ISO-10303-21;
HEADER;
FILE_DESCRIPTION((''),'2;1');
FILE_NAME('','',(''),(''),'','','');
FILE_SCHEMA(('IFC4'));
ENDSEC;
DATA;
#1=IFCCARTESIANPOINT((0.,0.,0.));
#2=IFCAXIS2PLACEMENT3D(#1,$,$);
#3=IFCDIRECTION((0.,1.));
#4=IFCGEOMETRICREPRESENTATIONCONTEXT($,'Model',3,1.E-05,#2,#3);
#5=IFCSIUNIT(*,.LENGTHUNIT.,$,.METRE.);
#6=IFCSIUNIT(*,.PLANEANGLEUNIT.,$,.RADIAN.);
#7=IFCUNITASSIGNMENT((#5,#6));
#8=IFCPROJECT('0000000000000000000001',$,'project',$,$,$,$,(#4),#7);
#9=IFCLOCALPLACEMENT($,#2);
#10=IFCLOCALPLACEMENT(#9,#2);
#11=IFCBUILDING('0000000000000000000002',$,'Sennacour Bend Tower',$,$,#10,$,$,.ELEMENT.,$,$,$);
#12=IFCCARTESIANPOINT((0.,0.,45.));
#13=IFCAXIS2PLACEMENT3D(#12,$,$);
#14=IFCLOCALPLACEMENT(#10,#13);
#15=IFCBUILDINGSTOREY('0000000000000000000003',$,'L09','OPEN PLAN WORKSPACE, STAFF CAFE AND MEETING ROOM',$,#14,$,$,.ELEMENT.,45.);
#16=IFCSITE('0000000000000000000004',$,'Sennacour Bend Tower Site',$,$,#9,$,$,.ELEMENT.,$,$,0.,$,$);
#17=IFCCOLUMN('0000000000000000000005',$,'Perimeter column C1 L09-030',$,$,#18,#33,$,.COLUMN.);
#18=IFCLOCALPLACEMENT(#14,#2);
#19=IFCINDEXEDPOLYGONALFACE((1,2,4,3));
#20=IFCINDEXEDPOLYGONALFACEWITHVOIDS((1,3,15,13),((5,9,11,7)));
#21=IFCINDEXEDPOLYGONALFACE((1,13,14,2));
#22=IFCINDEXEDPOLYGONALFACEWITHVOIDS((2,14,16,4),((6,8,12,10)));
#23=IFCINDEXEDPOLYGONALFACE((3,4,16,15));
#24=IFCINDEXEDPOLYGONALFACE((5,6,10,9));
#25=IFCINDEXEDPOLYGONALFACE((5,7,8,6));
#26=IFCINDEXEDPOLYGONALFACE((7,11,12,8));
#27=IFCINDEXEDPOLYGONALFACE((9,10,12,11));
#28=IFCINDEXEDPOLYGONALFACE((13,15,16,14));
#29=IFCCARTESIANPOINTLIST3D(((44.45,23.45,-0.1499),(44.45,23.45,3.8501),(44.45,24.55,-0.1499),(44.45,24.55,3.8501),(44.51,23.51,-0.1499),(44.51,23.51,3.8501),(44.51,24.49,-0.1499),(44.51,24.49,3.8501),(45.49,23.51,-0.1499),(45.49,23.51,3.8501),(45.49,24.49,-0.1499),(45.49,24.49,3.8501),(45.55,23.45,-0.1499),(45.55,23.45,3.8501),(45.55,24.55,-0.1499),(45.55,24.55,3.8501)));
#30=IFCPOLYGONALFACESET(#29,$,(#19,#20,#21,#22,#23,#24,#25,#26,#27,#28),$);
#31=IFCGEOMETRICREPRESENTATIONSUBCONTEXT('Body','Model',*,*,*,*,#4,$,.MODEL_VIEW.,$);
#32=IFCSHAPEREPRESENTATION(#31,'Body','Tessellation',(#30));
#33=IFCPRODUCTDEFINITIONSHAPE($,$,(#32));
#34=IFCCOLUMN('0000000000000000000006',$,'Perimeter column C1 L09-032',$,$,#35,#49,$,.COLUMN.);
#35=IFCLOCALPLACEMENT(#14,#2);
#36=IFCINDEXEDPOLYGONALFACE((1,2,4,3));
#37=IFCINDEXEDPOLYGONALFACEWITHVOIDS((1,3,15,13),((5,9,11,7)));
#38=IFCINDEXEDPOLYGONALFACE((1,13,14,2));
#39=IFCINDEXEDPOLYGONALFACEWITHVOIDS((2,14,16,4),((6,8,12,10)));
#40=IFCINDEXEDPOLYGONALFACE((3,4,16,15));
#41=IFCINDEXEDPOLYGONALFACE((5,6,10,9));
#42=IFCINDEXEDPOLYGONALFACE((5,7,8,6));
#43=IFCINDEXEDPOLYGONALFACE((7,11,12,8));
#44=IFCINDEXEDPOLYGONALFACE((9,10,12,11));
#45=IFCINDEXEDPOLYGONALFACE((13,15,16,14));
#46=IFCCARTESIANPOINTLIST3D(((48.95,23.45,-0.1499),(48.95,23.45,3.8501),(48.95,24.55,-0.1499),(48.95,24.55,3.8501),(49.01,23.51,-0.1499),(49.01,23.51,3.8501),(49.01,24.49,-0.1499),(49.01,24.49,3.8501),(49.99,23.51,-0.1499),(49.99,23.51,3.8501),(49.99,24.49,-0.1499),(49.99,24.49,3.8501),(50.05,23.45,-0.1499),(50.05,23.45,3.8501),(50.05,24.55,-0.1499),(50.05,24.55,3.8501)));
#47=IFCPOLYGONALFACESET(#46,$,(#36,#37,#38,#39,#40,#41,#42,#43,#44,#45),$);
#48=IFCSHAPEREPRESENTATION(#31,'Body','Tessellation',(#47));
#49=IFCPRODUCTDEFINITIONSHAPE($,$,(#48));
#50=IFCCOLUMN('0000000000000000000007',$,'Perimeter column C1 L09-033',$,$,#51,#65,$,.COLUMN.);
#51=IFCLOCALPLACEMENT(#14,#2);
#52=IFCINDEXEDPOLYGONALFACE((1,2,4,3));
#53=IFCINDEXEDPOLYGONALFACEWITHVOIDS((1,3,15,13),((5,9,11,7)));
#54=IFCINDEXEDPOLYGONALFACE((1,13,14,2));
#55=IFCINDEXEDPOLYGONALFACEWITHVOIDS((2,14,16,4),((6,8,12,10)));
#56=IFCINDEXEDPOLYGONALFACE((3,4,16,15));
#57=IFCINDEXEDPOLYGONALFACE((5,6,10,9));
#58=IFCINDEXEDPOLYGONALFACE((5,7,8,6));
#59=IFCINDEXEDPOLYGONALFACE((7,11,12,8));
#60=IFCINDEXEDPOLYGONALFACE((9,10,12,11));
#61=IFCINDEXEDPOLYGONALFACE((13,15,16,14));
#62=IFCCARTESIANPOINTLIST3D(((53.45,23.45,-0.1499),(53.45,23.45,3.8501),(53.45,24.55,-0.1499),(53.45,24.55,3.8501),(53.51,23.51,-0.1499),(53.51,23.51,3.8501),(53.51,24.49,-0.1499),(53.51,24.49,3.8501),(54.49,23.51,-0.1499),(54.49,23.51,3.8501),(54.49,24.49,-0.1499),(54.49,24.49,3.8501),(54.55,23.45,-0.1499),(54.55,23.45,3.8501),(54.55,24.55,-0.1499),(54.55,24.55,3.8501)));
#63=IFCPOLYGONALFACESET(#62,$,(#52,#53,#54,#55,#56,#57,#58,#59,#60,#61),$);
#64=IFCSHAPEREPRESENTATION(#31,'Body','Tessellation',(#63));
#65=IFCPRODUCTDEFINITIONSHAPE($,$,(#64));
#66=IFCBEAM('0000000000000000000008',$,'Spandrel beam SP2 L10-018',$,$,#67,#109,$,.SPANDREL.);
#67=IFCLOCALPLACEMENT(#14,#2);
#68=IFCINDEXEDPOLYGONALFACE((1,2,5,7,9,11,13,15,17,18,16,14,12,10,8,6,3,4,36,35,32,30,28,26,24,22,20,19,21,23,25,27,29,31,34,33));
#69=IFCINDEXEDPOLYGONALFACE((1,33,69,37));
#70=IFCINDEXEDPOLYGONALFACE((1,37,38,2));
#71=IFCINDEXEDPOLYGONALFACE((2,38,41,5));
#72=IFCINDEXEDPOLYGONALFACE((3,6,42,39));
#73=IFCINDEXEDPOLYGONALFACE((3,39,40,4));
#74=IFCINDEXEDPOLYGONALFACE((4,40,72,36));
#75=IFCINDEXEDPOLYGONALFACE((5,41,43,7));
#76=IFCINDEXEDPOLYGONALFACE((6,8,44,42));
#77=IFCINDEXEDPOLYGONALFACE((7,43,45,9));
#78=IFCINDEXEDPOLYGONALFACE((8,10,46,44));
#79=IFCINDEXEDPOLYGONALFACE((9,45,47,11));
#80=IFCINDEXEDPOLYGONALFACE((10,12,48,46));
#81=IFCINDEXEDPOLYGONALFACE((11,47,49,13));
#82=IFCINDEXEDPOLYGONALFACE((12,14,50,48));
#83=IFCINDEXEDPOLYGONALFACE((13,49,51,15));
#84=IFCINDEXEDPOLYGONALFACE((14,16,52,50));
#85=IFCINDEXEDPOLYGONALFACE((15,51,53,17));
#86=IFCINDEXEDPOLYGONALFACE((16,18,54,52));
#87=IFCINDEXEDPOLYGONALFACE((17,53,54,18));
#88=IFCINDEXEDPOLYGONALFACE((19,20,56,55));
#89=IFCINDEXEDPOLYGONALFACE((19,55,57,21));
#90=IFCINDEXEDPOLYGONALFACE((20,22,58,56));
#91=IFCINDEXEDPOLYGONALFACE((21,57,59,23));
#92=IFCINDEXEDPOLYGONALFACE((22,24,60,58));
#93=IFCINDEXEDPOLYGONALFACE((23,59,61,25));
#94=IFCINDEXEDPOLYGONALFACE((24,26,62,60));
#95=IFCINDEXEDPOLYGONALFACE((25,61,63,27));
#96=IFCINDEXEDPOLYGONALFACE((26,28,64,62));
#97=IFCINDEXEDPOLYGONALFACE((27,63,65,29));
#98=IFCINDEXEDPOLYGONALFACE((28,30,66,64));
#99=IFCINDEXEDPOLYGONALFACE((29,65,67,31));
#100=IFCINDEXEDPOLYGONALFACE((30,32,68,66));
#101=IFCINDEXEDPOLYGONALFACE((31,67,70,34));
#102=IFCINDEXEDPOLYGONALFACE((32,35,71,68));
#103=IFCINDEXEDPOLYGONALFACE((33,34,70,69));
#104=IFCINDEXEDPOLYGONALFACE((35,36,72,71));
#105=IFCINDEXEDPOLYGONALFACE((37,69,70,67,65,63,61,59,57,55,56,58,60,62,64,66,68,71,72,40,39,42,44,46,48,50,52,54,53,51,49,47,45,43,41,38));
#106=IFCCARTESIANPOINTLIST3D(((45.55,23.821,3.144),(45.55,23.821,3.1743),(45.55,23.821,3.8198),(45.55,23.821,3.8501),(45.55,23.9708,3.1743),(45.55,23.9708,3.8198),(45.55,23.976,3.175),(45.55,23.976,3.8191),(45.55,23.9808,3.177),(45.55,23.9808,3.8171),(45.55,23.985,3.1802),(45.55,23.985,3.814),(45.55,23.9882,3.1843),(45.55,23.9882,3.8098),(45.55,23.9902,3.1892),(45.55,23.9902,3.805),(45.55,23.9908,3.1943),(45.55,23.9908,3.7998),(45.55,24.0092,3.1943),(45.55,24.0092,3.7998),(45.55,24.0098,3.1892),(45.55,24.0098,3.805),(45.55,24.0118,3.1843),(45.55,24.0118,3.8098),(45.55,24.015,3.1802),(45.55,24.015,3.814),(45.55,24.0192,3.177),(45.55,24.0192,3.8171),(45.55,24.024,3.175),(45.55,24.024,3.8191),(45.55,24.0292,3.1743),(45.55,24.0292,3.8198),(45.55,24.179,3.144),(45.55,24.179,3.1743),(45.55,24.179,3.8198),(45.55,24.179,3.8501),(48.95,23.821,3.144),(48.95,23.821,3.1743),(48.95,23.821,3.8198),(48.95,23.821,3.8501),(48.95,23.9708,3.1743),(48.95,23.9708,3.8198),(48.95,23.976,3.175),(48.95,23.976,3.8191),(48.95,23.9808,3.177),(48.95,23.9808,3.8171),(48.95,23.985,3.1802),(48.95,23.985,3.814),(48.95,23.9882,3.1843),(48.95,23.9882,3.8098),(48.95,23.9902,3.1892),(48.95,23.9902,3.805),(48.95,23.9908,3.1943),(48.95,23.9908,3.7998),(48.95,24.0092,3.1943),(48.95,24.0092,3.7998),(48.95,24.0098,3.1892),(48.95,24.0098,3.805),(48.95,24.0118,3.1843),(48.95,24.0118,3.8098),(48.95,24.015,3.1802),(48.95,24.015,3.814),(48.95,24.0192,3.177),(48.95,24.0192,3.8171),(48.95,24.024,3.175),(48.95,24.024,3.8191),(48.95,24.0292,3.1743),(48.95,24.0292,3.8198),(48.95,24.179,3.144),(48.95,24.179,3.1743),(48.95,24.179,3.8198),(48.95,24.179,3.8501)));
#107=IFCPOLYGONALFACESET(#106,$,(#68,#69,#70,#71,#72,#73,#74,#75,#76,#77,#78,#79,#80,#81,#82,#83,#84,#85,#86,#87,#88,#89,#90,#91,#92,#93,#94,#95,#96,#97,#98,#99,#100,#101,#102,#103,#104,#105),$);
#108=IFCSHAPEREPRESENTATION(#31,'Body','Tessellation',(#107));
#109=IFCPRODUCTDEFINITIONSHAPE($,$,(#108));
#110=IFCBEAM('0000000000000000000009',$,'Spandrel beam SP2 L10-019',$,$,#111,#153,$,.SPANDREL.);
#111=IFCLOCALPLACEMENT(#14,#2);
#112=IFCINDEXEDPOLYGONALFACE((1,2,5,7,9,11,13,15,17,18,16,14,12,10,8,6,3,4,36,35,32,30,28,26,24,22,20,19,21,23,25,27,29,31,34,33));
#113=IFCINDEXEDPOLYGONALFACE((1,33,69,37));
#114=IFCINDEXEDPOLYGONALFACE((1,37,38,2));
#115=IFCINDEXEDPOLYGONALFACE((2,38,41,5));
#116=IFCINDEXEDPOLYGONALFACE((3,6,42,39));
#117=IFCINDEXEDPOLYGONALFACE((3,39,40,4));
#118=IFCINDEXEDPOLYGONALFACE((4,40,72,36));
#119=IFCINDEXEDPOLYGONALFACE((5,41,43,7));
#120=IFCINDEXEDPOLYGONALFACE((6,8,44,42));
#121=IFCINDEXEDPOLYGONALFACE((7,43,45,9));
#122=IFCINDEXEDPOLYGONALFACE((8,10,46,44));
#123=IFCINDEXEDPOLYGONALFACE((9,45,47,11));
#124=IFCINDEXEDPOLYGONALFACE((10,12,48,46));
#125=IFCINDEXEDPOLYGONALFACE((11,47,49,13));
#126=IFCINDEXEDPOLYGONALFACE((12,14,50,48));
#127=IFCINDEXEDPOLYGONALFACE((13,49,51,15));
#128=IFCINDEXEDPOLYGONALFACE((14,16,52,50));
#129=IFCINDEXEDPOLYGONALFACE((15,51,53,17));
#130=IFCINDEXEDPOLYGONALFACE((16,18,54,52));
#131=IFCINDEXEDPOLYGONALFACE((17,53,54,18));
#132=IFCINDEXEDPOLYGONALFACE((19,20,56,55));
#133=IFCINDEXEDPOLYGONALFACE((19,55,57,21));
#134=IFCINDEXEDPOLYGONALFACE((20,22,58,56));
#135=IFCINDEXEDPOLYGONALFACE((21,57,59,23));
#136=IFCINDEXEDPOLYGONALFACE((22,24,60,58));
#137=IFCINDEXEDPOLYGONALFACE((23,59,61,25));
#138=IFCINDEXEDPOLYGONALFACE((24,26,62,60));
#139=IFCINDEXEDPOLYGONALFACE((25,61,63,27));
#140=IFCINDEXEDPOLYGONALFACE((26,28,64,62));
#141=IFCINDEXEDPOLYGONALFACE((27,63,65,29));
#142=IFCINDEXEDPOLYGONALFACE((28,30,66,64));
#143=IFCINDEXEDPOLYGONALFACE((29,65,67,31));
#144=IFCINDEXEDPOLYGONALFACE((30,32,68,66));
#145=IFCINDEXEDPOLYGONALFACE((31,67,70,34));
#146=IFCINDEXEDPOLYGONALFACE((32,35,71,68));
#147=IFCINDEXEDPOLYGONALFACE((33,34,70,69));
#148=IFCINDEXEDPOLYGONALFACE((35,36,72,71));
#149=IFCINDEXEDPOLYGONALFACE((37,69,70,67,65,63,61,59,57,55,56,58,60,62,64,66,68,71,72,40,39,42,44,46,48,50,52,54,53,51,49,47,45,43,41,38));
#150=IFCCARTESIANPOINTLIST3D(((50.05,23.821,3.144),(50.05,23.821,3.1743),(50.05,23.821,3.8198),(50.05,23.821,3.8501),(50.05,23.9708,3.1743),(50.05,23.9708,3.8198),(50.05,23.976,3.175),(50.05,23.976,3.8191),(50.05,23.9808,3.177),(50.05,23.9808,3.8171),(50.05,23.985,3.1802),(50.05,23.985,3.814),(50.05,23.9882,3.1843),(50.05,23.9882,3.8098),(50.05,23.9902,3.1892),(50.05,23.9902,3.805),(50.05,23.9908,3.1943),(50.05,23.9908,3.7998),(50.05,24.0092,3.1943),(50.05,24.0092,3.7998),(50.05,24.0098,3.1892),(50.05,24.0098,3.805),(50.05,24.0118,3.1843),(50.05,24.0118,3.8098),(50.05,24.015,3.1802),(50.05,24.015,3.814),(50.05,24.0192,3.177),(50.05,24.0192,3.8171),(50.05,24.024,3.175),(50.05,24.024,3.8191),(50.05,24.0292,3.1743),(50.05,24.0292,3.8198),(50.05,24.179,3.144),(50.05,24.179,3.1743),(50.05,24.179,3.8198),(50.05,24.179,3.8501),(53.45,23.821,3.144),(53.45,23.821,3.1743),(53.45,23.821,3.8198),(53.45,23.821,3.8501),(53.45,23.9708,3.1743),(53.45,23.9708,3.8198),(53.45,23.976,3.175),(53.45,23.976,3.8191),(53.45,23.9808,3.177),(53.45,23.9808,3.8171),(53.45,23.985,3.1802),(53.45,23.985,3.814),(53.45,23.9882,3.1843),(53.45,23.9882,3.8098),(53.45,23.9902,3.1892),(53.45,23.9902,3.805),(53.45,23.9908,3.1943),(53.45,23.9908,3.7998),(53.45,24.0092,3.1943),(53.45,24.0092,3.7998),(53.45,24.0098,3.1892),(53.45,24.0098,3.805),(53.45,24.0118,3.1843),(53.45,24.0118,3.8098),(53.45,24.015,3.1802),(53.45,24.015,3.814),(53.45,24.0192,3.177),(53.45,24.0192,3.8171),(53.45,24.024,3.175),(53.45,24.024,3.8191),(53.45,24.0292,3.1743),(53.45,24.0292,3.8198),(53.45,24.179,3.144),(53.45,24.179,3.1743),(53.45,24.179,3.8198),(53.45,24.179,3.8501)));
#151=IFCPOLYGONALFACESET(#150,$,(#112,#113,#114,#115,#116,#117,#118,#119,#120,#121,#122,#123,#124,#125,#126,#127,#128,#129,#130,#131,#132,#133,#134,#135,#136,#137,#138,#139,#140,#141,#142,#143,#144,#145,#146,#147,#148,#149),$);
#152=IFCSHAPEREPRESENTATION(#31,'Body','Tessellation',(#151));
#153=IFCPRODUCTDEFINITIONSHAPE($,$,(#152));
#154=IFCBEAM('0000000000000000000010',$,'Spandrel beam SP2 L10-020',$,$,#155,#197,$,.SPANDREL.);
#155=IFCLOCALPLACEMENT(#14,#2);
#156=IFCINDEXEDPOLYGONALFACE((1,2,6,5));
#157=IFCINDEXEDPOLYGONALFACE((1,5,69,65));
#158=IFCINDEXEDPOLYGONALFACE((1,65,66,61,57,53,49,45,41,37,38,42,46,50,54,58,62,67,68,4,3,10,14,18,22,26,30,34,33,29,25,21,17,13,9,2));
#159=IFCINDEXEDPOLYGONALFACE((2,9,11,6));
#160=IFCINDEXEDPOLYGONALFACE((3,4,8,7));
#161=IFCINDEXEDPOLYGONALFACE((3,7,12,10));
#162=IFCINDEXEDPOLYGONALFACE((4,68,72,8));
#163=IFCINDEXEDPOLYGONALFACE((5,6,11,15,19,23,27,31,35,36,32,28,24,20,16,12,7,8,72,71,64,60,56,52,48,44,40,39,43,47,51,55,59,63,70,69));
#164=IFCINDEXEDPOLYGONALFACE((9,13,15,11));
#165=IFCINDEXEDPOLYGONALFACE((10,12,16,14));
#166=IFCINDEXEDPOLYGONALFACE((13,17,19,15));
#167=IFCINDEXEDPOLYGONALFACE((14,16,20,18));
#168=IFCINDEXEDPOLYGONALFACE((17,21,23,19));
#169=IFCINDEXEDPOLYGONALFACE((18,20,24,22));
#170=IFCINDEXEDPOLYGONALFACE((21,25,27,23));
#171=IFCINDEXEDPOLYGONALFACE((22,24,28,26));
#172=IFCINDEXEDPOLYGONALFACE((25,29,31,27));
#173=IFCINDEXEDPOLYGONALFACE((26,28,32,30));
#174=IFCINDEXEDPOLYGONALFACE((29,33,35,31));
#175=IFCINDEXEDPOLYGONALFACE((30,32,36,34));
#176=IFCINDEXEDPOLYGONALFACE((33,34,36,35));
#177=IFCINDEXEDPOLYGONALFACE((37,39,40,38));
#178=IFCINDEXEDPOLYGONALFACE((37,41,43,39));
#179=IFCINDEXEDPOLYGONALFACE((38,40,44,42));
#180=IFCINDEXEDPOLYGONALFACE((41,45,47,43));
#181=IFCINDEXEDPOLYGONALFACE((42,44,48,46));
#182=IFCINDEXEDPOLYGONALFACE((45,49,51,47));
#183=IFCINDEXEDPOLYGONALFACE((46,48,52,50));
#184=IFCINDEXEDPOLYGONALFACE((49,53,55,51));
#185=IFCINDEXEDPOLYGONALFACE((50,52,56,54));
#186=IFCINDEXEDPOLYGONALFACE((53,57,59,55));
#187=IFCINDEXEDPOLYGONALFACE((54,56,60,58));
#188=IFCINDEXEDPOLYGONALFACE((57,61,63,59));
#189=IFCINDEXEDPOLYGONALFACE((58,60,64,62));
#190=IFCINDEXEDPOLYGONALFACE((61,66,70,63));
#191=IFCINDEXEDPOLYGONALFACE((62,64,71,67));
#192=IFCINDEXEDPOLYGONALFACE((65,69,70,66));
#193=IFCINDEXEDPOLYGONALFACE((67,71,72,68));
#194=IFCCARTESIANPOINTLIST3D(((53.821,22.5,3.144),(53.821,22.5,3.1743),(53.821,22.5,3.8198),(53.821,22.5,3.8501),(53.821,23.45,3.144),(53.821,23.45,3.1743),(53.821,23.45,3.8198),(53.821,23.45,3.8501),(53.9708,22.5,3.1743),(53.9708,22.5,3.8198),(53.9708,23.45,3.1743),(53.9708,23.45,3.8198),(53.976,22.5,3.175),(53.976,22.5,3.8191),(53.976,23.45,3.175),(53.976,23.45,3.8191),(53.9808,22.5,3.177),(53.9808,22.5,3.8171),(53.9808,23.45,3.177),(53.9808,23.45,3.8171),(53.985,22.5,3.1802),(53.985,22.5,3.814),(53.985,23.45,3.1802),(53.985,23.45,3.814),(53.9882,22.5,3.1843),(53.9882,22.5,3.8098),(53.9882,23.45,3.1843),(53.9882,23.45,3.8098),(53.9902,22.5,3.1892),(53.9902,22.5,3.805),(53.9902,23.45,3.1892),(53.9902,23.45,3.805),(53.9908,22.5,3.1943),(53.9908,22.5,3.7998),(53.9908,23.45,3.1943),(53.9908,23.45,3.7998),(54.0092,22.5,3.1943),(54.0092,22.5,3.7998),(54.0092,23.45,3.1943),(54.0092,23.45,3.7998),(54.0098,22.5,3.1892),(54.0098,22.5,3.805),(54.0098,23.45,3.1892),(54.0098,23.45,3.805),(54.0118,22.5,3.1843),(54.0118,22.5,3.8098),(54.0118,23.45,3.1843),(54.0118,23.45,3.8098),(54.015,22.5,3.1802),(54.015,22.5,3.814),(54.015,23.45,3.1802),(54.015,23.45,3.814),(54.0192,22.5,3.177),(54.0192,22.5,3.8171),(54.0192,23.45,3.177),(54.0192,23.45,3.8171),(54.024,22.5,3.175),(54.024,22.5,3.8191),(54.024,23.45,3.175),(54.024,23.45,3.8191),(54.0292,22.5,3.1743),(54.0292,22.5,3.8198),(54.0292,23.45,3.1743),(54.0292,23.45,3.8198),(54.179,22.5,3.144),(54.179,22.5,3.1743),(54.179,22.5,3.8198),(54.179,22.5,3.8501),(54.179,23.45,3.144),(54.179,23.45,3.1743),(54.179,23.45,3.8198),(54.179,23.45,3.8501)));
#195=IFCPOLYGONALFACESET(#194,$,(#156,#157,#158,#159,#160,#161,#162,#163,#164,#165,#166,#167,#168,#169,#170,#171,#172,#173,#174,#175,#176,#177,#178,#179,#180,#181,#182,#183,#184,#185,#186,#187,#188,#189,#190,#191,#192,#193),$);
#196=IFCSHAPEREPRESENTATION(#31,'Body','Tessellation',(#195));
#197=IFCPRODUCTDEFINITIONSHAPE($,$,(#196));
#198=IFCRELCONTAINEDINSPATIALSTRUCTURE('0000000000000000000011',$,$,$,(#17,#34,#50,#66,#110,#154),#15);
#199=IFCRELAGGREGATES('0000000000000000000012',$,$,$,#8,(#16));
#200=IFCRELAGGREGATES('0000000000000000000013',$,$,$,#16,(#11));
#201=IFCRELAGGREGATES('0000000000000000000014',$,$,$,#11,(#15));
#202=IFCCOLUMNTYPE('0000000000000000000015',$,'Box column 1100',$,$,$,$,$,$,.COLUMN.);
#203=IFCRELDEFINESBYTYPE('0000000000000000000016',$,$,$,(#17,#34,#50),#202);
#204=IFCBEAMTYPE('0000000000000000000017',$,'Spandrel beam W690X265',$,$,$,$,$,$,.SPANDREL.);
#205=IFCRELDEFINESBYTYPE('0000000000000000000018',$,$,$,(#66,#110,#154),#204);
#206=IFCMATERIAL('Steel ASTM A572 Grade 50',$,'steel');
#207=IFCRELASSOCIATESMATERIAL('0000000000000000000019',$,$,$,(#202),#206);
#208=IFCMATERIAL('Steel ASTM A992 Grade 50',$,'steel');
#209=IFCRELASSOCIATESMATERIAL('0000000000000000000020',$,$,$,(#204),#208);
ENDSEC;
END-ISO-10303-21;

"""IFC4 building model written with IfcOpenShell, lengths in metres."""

from ifc_helpers import new_model, si_unit, direction, frame, origin, origin_2d, place, context, subcontext, project, spatial, hollow_rectangle, i_section, extrude, material, material_profile, profile_set, type_object, element, save


model = new_model("IFC4")

# Units and contexts
model_context = context("Model", 3, precision=1e-05, world=origin(), true_north=direction((0.0, 1.0)))
body_context = subcontext(model_context, "Body", "Model", "MODEL_VIEW")
ifc_project = project(units=[si_unit("LENGTHUNIT", "METRE"), si_unit("PLANEANGLEUNIT", "RADIAN")], contexts=[model_context])

# Site, building, storey
site_placement = place(None, origin())
site = spatial("IfcSite", under=ifc_project, at=site_placement, Name="Sennacour Bend Tower Site", CompositionType="ELEMENT", RefElevation=0.0)
building_placement = place(site_placement, origin())
building = spatial("IfcBuilding", under=site, at=building_placement, Name="Sennacour Bend Tower", CompositionType="ELEMENT")
storey_placement = place(building_placement, frame((0.0, 0.0, 45.0)))
storey = spatial("IfcBuildingStorey", under=building, at=storey_placement, Name="L09", Description="OPEN PLAN WORKSPACE, STAFF CAFE AND MEETING ROOM", CompositionType="ELEMENT", Elevation=45.0)

# Columns
ifc_material_1 = material(Name="Steel ASTM A572 Grade 50", Category="steel")
ifc_material_profile_1 = material_profile(ifc_material_1, hollow_rectangle(XDim=1.1001, YDim=1.1001, WallThickness=0.0601, at=origin_2d()), Name="Steel ASTM A572 Grade 50", Category="steel")
ifc_profile_set_1 = profile_set([ifc_material_profile_1], Name="Steel ASTM A572 Grade 50")
column_type = type_object("IfcColumnType", Name="Box column 1100", PredefinedType="COLUMN", material=ifc_profile_set_1)
for number, where, z_axis, x_axis, name in (
    (1, (45.0, 24.0, -0.1499), (0.0, 0.0, 1.0), (1.0, 0.0, 0.0), "Perimeter column C1 L09-030"),
    (2, (49.5, 24.0, -0.1499), (0.0, 0.0, 1.0), (1.0, 0.0, 0.0), "Perimeter column C1 L09-032"),
    (3, (54.0, 24.0, -0.1499), (0.0, 0.0, 1.0), (1.0, 0.0, 0.0), "Perimeter column C1 L09-033"),
):
    element("IfcColumn", number, at=place(storey_placement, frame(where, z_axis=z_axis, x_axis=x_axis)), inside=storey, type_object=column_type, Name=name, PredefinedType="COLUMN", context=body_context, shape_type="SweptSolid", body=[
        extrude(hollow_rectangle(XDim=1.1001, YDim=1.1001, WallThickness=0.0601, at=origin_2d()), origin(), (0.0, 0.0, 1.0), 4.0),
    ])

# Beams
ifc_material_2 = material(Name="Steel ASTM A992 Grade 50", Category="steel")
ifc_material_profile_2 = material_profile(ifc_material_2, i_section(OverallWidth=0.3579, OverallDepth=0.7061, WebThickness=0.0183, FlangeThickness=0.0303, FilletRadius=0.02, at=origin_2d()), Name="Steel ASTM A992 Grade 50", Category="steel")
ifc_profile_set_2 = profile_set([ifc_material_profile_2], Name="Steel ASTM A992 Grade 50")
beam_type = type_object("IfcBeamType", Name="Spandrel beam W690X265", PredefinedType="SPANDREL", material=ifc_profile_set_2)
for number, where, z_axis, x_axis, name in (
    (4, (45.55, 24.0, 3.4971), (1.0, 0.0, 0.0), (0.0, 1.0, 0.0), "Spandrel beam SP2 L10-018"),
    (5, (50.05, 24.0, 3.4971), (1.0, 0.0, 0.0), (0.0, 1.0, 0.0), "Spandrel beam SP2 L10-019"),
):
    element("IfcBeam", number, at=place(storey_placement, frame(where, z_axis=z_axis, x_axis=x_axis)), inside=storey, type_object=beam_type, Name=name, PredefinedType="SPANDREL", context=body_context, shape_type="SweptSolid", body=[
        extrude(i_section(OverallWidth=0.3579, OverallDepth=0.7061, WebThickness=0.0183, FlangeThickness=0.0303, FilletRadius=0.02, at=origin_2d()), origin(), (0.0, 0.0, 1.0), 3.3999),
    ])
beam_placement = place(storey_placement, frame((54.0, 23.45, 3.4971), z_axis=(0.0, -1.0, 0.0), x_axis=(1.0, 0.0, 0.0)))
element("IfcBeam", 6, at=beam_placement, inside=storey, type_object=beam_type, Name="Spandrel beam SP2 L10-020", PredefinedType="SPANDREL", context=body_context, shape_type="SweptSolid", body=[
    extrude(i_section(OverallWidth=0.3579, OverallDepth=0.7061, WebThickness=0.0183, FlangeThickness=0.0303, FilletRadius=0.02, at=origin_2d()), origin(), (0.0, 0.0, 1.0), 0.95),
])

save(model, "model.ifc")
